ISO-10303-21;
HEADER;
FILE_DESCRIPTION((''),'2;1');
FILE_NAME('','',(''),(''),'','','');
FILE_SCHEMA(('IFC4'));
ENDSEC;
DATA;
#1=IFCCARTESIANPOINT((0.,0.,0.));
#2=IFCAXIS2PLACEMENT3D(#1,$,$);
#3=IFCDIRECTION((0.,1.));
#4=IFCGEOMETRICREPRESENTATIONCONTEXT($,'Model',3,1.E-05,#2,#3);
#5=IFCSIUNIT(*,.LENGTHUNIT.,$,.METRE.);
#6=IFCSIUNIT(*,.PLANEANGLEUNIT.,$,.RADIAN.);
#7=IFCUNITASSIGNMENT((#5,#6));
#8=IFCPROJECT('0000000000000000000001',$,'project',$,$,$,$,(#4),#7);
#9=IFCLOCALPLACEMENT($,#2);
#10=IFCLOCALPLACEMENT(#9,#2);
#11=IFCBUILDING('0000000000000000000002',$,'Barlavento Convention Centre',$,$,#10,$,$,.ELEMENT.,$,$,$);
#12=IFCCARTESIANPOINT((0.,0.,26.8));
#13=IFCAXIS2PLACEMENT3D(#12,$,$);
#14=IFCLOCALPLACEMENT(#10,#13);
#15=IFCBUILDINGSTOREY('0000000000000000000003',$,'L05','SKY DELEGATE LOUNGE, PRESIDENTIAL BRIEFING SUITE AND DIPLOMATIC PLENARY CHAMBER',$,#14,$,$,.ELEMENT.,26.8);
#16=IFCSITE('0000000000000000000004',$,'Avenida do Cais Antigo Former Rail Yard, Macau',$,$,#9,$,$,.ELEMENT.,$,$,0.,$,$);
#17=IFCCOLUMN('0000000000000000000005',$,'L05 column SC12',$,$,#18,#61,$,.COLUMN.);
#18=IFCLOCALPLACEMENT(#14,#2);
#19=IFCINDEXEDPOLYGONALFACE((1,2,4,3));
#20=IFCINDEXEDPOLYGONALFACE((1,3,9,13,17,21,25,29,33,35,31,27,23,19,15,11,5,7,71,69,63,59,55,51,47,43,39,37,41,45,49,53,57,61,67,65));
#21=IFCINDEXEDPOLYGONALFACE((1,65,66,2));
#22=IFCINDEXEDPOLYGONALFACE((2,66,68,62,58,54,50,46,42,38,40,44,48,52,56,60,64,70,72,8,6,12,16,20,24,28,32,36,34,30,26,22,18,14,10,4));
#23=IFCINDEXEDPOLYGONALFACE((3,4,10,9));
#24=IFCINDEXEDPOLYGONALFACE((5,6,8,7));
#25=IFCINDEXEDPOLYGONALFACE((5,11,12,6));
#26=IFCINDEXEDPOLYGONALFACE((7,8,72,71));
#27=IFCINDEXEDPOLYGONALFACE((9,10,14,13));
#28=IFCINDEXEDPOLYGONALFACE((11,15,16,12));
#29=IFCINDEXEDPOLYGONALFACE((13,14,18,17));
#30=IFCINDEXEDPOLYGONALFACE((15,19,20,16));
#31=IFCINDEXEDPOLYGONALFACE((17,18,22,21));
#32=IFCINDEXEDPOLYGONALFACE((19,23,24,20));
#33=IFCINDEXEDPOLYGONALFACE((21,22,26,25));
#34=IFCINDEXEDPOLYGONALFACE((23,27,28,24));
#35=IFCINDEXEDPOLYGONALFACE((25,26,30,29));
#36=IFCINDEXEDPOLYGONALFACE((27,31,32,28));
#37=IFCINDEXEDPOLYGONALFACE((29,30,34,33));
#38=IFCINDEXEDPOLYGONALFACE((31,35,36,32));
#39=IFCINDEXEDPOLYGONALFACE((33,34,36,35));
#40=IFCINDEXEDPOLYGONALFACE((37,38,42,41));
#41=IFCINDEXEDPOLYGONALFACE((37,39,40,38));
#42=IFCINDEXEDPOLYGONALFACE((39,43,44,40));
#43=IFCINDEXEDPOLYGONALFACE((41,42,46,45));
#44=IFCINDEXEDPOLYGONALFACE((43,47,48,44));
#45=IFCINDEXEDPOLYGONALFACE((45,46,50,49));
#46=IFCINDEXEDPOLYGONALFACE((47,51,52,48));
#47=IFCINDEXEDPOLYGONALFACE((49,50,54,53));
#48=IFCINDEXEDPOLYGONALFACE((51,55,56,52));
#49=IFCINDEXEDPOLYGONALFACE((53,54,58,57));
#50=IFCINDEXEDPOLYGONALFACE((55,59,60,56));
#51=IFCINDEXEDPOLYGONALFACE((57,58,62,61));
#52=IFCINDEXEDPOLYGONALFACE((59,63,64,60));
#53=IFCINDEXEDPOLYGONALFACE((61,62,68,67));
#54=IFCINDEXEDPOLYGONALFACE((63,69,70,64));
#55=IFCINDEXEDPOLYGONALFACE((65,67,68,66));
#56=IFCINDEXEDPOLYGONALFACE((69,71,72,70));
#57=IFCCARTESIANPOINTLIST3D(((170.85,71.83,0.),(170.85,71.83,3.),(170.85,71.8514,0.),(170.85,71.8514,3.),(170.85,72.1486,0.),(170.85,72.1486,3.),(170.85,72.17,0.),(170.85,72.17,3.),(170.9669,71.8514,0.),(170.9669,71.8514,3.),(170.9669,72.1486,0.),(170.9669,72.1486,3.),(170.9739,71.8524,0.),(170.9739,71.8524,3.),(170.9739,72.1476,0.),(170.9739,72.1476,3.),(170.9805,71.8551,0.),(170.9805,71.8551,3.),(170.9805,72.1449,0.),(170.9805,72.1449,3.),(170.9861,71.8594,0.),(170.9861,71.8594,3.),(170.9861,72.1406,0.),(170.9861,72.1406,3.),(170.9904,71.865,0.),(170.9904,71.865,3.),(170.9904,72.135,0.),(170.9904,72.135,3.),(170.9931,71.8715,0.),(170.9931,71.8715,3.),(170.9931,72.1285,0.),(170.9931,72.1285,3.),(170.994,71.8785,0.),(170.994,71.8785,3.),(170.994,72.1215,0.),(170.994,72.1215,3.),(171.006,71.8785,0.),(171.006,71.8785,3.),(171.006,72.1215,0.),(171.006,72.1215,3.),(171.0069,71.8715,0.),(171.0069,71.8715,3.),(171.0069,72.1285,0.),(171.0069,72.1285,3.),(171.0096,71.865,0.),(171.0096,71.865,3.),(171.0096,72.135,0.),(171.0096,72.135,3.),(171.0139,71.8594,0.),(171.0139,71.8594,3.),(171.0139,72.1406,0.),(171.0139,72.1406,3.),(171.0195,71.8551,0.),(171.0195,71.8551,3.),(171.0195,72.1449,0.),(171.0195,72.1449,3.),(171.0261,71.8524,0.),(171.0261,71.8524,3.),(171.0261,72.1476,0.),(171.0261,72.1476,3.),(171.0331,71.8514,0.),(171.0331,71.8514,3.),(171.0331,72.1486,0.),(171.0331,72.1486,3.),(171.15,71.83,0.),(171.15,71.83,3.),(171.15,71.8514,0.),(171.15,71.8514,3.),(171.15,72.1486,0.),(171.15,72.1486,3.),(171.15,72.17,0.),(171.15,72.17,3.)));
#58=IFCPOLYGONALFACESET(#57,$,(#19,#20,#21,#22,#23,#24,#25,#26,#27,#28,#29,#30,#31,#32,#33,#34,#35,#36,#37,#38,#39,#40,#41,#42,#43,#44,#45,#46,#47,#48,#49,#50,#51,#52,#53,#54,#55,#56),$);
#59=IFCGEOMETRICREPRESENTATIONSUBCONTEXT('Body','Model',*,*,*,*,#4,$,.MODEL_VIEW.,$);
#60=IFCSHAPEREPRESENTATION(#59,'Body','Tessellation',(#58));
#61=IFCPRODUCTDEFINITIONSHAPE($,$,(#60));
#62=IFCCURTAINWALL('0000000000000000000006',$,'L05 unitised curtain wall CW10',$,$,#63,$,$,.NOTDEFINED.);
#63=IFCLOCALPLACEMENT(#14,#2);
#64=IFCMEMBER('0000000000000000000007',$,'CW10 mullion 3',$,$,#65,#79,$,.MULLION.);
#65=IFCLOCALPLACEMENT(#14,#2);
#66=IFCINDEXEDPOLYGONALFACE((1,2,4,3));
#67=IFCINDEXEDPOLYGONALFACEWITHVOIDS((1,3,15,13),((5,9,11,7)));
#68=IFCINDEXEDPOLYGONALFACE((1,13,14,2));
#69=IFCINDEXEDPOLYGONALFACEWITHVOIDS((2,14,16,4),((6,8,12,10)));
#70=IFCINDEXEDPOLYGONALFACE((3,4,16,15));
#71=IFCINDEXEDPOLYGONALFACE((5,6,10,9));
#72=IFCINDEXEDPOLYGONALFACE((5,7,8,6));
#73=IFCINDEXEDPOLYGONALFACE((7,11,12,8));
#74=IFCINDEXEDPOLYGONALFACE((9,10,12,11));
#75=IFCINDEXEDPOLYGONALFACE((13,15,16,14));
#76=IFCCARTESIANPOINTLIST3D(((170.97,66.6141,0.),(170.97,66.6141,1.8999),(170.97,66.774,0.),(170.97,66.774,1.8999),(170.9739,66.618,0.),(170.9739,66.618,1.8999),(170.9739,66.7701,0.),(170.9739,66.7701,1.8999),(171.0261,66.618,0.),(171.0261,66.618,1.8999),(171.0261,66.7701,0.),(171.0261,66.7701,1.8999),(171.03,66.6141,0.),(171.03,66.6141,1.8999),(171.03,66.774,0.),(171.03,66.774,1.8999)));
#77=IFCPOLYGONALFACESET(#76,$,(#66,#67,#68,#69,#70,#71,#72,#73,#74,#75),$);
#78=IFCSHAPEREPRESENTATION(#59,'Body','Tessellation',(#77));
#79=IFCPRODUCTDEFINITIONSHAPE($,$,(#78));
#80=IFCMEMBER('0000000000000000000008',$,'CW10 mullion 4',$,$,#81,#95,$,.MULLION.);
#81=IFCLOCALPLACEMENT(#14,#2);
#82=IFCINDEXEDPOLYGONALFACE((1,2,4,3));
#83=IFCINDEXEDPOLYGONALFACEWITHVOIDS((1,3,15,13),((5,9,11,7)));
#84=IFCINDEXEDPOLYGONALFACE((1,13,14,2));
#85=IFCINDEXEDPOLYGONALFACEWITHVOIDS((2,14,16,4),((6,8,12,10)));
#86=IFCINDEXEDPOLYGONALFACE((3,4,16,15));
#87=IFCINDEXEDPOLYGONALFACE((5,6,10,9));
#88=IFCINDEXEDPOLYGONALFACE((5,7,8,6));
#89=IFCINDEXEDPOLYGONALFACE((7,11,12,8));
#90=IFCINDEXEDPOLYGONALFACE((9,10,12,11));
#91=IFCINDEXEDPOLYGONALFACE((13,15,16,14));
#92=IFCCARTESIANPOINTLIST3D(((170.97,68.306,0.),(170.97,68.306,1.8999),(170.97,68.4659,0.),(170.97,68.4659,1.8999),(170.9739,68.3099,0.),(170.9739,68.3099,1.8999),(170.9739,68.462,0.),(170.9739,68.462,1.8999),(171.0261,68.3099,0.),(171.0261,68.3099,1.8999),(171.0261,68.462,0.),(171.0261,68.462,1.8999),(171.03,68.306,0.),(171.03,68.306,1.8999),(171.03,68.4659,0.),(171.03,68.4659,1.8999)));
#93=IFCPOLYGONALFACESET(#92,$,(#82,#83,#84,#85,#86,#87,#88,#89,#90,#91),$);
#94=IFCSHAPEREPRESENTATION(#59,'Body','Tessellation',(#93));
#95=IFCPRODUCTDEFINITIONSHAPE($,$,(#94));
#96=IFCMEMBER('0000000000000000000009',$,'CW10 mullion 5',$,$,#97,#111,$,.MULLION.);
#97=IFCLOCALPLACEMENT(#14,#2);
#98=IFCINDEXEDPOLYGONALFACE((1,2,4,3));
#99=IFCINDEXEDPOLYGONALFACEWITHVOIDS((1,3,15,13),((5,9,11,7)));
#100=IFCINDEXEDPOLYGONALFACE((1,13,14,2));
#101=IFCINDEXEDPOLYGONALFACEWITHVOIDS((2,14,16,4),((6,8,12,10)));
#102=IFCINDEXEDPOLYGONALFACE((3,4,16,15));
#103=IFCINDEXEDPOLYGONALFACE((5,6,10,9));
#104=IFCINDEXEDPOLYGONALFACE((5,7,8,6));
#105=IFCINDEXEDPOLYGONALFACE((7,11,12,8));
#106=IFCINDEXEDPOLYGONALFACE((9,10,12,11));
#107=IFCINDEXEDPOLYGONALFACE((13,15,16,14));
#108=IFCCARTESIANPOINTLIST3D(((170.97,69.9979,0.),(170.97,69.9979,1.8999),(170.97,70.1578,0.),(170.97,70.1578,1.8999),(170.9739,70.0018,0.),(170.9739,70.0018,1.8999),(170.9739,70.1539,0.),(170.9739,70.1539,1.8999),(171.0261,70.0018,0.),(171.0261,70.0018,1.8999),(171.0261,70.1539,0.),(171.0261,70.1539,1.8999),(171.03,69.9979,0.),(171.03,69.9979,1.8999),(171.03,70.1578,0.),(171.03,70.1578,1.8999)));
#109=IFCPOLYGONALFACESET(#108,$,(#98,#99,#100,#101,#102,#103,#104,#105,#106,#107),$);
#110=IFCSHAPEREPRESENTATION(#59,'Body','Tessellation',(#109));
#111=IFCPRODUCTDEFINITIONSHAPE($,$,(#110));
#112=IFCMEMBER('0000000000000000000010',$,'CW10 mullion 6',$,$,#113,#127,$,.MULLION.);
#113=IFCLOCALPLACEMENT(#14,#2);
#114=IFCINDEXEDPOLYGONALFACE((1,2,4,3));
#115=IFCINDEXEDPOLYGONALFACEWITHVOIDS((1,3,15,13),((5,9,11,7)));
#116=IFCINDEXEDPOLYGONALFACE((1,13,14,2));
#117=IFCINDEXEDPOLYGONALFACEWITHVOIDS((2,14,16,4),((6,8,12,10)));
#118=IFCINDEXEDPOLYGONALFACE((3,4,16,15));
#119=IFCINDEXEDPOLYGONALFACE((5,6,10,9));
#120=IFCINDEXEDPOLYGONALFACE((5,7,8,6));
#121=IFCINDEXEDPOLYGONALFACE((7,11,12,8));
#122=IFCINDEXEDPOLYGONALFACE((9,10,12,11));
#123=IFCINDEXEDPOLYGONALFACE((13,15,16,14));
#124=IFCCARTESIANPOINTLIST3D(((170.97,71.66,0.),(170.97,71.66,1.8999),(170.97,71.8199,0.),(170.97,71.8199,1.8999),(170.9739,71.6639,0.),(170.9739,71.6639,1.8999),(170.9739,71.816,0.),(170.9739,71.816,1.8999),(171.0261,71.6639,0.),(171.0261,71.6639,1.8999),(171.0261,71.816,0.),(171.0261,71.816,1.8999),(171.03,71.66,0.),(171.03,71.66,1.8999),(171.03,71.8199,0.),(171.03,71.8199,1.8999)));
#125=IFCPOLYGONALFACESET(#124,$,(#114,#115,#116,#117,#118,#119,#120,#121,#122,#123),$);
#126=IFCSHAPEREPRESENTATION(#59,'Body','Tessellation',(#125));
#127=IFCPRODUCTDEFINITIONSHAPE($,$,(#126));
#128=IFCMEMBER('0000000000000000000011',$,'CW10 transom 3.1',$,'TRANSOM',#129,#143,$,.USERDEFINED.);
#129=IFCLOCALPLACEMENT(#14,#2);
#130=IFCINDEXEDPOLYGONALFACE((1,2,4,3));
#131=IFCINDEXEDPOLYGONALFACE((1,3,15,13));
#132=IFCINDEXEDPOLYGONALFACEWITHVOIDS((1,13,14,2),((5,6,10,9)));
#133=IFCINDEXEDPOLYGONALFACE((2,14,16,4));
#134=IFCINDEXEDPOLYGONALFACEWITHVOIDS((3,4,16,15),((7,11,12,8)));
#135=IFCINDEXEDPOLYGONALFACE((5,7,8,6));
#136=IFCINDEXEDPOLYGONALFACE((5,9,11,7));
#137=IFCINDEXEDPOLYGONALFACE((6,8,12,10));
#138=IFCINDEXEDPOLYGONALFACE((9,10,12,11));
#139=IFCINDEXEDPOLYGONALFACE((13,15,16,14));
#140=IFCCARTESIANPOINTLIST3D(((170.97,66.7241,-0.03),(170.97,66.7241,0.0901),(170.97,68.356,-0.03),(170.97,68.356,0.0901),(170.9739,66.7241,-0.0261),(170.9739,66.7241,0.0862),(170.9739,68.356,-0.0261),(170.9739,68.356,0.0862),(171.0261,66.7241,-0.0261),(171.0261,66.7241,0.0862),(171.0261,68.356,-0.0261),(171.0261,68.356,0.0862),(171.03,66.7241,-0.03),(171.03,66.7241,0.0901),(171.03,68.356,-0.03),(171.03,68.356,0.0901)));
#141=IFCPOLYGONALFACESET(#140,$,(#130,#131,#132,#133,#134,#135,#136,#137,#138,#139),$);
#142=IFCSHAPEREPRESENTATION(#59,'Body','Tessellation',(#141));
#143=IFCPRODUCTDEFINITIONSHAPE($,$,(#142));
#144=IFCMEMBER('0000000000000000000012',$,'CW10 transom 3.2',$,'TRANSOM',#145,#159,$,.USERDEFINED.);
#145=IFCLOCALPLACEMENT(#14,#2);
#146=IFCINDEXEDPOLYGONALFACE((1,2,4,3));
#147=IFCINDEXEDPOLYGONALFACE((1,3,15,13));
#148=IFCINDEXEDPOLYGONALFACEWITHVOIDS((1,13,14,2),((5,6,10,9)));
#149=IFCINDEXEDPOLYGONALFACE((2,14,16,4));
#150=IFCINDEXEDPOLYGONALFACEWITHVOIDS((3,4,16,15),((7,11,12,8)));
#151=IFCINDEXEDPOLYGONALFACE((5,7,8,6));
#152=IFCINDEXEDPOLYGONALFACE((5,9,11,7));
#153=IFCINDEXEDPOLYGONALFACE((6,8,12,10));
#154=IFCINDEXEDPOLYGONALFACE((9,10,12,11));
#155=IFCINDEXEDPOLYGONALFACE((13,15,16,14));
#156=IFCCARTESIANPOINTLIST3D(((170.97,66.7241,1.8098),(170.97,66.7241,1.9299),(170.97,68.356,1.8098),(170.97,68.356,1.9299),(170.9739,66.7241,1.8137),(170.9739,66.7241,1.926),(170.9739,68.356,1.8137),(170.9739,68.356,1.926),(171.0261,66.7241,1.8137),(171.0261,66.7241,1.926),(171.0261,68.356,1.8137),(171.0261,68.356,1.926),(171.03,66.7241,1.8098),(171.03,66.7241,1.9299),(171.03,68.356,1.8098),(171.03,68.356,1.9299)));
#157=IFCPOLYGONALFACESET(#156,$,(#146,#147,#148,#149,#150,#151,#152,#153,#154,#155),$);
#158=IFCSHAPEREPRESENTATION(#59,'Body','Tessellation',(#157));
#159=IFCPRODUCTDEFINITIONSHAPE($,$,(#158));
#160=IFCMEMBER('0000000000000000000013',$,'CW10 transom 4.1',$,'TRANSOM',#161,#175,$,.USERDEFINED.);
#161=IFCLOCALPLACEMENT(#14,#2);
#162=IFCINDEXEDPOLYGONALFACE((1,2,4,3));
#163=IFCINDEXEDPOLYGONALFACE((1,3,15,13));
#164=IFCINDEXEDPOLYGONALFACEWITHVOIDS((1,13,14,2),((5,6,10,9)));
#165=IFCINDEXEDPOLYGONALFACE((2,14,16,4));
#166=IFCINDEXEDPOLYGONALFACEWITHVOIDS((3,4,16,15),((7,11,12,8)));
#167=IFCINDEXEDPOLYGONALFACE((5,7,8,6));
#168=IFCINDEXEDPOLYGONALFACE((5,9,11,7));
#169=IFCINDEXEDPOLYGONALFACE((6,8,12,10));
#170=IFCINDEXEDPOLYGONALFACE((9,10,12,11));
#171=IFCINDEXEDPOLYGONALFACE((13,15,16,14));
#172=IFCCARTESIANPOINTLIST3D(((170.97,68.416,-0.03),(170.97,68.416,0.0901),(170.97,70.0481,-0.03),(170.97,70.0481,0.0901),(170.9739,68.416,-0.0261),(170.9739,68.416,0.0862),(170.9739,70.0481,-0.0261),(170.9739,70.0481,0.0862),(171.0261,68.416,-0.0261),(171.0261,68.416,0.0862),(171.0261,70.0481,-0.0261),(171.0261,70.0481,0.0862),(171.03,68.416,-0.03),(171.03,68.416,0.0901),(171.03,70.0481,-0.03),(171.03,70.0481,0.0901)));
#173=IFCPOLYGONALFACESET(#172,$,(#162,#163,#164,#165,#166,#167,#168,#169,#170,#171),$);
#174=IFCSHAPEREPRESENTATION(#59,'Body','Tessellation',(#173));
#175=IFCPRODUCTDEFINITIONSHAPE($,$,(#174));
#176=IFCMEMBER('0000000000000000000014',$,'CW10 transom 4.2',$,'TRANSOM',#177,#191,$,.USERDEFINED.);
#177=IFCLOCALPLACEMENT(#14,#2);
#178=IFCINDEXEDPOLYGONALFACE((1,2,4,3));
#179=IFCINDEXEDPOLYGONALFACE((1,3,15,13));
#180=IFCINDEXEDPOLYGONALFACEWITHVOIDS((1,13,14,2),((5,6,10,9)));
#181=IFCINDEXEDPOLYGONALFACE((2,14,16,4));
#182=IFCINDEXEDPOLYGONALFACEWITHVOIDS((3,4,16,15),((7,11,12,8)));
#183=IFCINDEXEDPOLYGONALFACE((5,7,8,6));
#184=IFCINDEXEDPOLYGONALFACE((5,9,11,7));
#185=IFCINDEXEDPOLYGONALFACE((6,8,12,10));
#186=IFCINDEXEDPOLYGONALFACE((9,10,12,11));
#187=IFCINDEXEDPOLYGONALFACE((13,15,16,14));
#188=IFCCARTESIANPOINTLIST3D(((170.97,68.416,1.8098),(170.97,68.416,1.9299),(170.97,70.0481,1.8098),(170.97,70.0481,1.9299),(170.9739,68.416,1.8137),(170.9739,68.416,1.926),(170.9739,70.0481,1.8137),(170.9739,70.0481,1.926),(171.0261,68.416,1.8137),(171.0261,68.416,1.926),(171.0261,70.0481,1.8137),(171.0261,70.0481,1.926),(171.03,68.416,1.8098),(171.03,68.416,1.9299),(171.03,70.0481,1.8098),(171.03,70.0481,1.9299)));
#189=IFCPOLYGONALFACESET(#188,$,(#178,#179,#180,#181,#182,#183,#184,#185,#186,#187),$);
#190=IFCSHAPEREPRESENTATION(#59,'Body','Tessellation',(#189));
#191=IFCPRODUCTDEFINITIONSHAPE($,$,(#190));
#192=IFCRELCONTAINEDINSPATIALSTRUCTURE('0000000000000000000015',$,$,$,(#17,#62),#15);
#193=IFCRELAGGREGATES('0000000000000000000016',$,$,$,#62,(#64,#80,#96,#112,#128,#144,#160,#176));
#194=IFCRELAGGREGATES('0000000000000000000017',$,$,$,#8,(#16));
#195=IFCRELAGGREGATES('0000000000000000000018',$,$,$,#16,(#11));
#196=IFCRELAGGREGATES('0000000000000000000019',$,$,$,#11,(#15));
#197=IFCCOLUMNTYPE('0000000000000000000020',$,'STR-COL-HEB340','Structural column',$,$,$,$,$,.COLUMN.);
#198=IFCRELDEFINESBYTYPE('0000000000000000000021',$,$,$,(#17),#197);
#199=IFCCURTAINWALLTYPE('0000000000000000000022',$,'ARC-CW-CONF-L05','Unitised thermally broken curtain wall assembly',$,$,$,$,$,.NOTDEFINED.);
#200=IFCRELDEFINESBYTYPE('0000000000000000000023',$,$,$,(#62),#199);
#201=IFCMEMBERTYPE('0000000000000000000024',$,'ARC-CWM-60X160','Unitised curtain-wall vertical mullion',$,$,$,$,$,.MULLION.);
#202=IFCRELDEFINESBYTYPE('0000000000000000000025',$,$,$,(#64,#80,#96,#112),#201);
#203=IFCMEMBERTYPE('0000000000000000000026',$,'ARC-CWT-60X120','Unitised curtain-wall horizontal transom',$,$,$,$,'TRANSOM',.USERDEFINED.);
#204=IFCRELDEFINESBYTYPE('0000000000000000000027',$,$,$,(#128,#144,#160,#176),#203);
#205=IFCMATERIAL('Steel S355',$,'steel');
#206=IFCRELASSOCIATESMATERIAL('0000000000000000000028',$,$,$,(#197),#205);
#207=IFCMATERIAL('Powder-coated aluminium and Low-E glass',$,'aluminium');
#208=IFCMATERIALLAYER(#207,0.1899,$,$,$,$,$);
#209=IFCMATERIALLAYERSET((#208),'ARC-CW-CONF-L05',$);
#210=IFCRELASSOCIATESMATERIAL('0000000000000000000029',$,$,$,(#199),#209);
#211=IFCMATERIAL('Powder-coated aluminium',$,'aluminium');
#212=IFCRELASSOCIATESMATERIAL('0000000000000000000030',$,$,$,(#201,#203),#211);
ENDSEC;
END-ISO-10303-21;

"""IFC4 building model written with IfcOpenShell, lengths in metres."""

from ifc_helpers import new_model, si_unit, direction, frame, origin, origin_2d, place, context, subcontext, project, spatial, hollow_rectangle, i_section, extrude, material, layer, layer_set, material_profile, profile_set, type_object, element, aggregate, save


model = new_model("IFC4")

# Units and contexts
model_context = context("Model", 3, precision=1e-05, world=origin(), true_north=direction((0.0, 1.0)))
body_context = subcontext(model_context, "Body", "Model", "MODEL_VIEW")
ifc_project = project(units=[si_unit("LENGTHUNIT", "METRE"), si_unit("PLANEANGLEUNIT", "RADIAN")], contexts=[model_context])

# Site, building, storey
site_placement = place(None, origin())
site = spatial("IfcSite", under=ifc_project, at=site_placement, Name="Avenida do Cais Antigo Former Rail Yard, Macau", CompositionType="ELEMENT", RefElevation=0.0)
building_placement = place(site_placement, origin())
building = spatial("IfcBuilding", under=site, at=building_placement, Name="Barlavento Convention Centre", CompositionType="ELEMENT")
storey_placement = place(building_placement, frame((0.0, 0.0, 26.8)))
storey = spatial("IfcBuildingStorey", under=building, at=storey_placement, Name="L05", Description="SKY DELEGATE LOUNGE, PRESIDENTIAL BRIEFING SUITE AND DIPLOMATIC PLENARY CHAMBER", CompositionType="ELEMENT", Elevation=26.8)

# Column
ifc_material_1 = material(Name="Steel S355", Category="steel")
ifc_material_profile_1 = material_profile(ifc_material_1, i_section(OverallWidth=0.3, OverallDepth=0.3401, WebThickness=0.012, FlangeThickness=0.0215, FilletRadius=0.0271, at=origin_2d()), Name="HEB 340")
ifc_profile_set_1 = profile_set([ifc_material_profile_1], Name="Steel S355")
column_type = type_object("IfcColumnType", Name="STR-COL-HEB340", Description="Structural column", PredefinedType="COLUMN", material=ifc_profile_set_1)
column_placement = place(storey_placement, frame((171.0, 72.0, 0.0), z_axis=(0.0, 0.0, 1.0), x_axis=(1.0, 0.0, 0.0)))
element("IfcColumn", 1, at=column_placement, inside=storey, type_object=column_type, Name="L05 column SC12", PredefinedType="COLUMN", context=body_context, shape_type="SweptSolid", body=[
    extrude(i_section(OverallWidth=0.3, OverallDepth=0.3401, WebThickness=0.012, FlangeThickness=0.0215, FilletRadius=0.0271, at=origin_2d()), origin(), (0.0, 0.0, 1.0), 3.0),
])

# Curtain wall, members
ifc_material_2 = material(Name="Powder-coated aluminium and Low-E glass", Category="aluminium")
ifc_layer_1 = layer(ifc_material_2, 0.1899)
ifc_layer_set_1 = layer_set([ifc_layer_1], Name="ARC-CW-CONF-L05")
curtain_wall_type = type_object("IfcCurtainWallType", Name="ARC-CW-CONF-L05", Description="Unitised thermally broken curtain wall assembly", PredefinedType="NOTDEFINED", material=ifc_layer_set_1)
curtain_wall_placement = place(storey_placement, origin())
curtain_wall = element("IfcCurtainWall", 2, at=curtain_wall_placement, inside=storey, type_object=curtain_wall_type, Name="L05 unitised curtain wall CW10", PredefinedType="NOTDEFINED")
ifc_material_3 = material(Name="Powder-coated aluminium", Category="aluminium")
ifc_material_profile_2 = material_profile(ifc_material_3, hollow_rectangle(XDim=0.0601, YDim=0.1599, WallThickness=0.0039, at=origin_2d()), Name="AL-MULL 60x160x4")
ifc_profile_set_2 = profile_set([ifc_material_profile_2], Name="Powder-coated aluminium")
member_type_1 = type_object("IfcMemberType", Name="ARC-CWM-60X160", Description="Unitised curtain-wall vertical mullion", PredefinedType="MULLION", material=ifc_profile_set_2)
member_1_placement = place(storey_placement, frame((171.0, 66.6941, 0.0), z_axis=(0.0, 0.0, 1.0), x_axis=(-1.0, 0.0, 0.0)))
member_1 = element("IfcMember", 3, at=member_1_placement, type_object=member_type_1, Name="CW10 mullion 3", PredefinedType="MULLION", context=body_context, shape_type="SweptSolid", body=[
    extrude(hollow_rectangle(XDim=0.0601, YDim=0.1599, WallThickness=0.0039, at=origin_2d()), origin(), (0.0, 0.0, 1.0), 1.8999),
])
member_2_placement = place(storey_placement, frame((171.0, 68.386, 0.0), z_axis=(0.0, 0.0, 1.0), x_axis=(-1.0, 0.0, 0.0)))
member_2 = element("IfcMember", 4, at=member_2_placement, type_object=member_type_1, Name="CW10 mullion 4", PredefinedType="MULLION", context=body_context, shape_type="SweptSolid", body=[
    extrude(hollow_rectangle(XDim=0.0601, YDim=0.1599, WallThickness=0.0039, at=origin_2d()), origin(), (0.0, 0.0, 1.0), 1.8999),
])
member_3_placement = place(storey_placement, frame((171.0, 70.0779, 0.0), z_axis=(0.0, 0.0, 1.0), x_axis=(-1.0, 0.0, 0.0)))
member_3 = element("IfcMember", 5, at=member_3_placement, type_object=member_type_1, Name="CW10 mullion 5", PredefinedType="MULLION", context=body_context, shape_type="SweptSolid", body=[
    extrude(hollow_rectangle(XDim=0.0601, YDim=0.1599, WallThickness=0.0039, at=origin_2d()), origin(), (0.0, 0.0, 1.0), 1.8999),
])
member_4_placement = place(storey_placement, frame((171.0, 71.74, 0.0), z_axis=(0.0, 0.0, 1.0), x_axis=(-1.0, 0.0, 0.0)))
member_4 = element("IfcMember", 6, at=member_4_placement, type_object=member_type_1, Name="CW10 mullion 6", PredefinedType="MULLION", context=body_context, shape_type="SweptSolid", body=[
    extrude(hollow_rectangle(XDim=0.0601, YDim=0.1599, WallThickness=0.0039, at=origin_2d()), origin(), (0.0, 0.0, 1.0), 1.8999),
])
ifc_material_profile_3 = material_profile(ifc_material_3, hollow_rectangle(XDim=0.0601, YDim=0.1201, WallThickness=0.0039, at=origin_2d()), Name="AL-TRAN 60x120x4")
ifc_profile_set_3 = profile_set([ifc_material_profile_3], Name="Powder-coated aluminium")
member_type_2 = type_object("IfcMemberType", Name="ARC-CWT-60X120", Description="Unitised curtain-wall horizontal transom", ElementType="TRANSOM", PredefinedType="USERDEFINED", material=ifc_profile_set_3)
member_5_placement = place(storey_placement, frame((171.0, 66.7241, 0.03), z_axis=(0.0, 1.0, 0.0), x_axis=(-1.0, 0.0, 0.0)))
member_5 = element("IfcMember", 7, at=member_5_placement, type_object=member_type_2, Name="CW10 transom 3.1", ObjectType="TRANSOM", PredefinedType="USERDEFINED", context=body_context, shape_type="SweptSolid", body=[
    extrude(hollow_rectangle(XDim=0.0601, YDim=0.1201, WallThickness=0.0039, at=origin_2d()), origin(), (0.0, 0.0, 1.0), 1.6318),
])
member_6_placement = place(storey_placement, frame((171.0, 66.7241, 1.8699), z_axis=(0.0, 1.0, 0.0), x_axis=(-1.0, 0.0, 0.0)))
member_6 = element("IfcMember", 8, at=member_6_placement, type_object=member_type_2, Name="CW10 transom 3.2", ObjectType="TRANSOM", PredefinedType="USERDEFINED", context=body_context, shape_type="SweptSolid", body=[
    extrude(hollow_rectangle(XDim=0.0601, YDim=0.1201, WallThickness=0.0039, at=origin_2d()), origin(), (0.0, 0.0, 1.0), 1.6318),
])
member_7_placement = place(storey_placement, frame((171.0, 68.416, 0.03), z_axis=(0.0, 1.0, 0.0), x_axis=(-1.0, 0.0, 0.0)))
member_7 = element("IfcMember", 9, at=member_7_placement, type_object=member_type_2, Name="CW10 transom 4.1", ObjectType="TRANSOM", PredefinedType="USERDEFINED", context=body_context, shape_type="SweptSolid", body=[
    extrude(hollow_rectangle(XDim=0.0601, YDim=0.1201, WallThickness=0.0039, at=origin_2d()), origin(), (0.0, 0.0, 1.0), 1.6321),
])
member_8_placement = place(storey_placement, frame((171.0, 68.416, 1.8699), z_axis=(0.0, 1.0, 0.0), x_axis=(-1.0, 0.0, 0.0)))
member_8 = element("IfcMember", 10, at=member_8_placement, type_object=member_type_2, Name="CW10 transom 4.2", ObjectType="TRANSOM", PredefinedType="USERDEFINED", context=body_context, shape_type="SweptSolid", body=[
    extrude(hollow_rectangle(XDim=0.0601, YDim=0.1201, WallThickness=0.0039, at=origin_2d()), origin(), (0.0, 0.0, 1.0), 1.6321),
])

aggregate(curtain_wall, [member_1, member_2, member_3, member_4, member_5, member_6, member_7, member_8])

save(model, "model.ifc")
